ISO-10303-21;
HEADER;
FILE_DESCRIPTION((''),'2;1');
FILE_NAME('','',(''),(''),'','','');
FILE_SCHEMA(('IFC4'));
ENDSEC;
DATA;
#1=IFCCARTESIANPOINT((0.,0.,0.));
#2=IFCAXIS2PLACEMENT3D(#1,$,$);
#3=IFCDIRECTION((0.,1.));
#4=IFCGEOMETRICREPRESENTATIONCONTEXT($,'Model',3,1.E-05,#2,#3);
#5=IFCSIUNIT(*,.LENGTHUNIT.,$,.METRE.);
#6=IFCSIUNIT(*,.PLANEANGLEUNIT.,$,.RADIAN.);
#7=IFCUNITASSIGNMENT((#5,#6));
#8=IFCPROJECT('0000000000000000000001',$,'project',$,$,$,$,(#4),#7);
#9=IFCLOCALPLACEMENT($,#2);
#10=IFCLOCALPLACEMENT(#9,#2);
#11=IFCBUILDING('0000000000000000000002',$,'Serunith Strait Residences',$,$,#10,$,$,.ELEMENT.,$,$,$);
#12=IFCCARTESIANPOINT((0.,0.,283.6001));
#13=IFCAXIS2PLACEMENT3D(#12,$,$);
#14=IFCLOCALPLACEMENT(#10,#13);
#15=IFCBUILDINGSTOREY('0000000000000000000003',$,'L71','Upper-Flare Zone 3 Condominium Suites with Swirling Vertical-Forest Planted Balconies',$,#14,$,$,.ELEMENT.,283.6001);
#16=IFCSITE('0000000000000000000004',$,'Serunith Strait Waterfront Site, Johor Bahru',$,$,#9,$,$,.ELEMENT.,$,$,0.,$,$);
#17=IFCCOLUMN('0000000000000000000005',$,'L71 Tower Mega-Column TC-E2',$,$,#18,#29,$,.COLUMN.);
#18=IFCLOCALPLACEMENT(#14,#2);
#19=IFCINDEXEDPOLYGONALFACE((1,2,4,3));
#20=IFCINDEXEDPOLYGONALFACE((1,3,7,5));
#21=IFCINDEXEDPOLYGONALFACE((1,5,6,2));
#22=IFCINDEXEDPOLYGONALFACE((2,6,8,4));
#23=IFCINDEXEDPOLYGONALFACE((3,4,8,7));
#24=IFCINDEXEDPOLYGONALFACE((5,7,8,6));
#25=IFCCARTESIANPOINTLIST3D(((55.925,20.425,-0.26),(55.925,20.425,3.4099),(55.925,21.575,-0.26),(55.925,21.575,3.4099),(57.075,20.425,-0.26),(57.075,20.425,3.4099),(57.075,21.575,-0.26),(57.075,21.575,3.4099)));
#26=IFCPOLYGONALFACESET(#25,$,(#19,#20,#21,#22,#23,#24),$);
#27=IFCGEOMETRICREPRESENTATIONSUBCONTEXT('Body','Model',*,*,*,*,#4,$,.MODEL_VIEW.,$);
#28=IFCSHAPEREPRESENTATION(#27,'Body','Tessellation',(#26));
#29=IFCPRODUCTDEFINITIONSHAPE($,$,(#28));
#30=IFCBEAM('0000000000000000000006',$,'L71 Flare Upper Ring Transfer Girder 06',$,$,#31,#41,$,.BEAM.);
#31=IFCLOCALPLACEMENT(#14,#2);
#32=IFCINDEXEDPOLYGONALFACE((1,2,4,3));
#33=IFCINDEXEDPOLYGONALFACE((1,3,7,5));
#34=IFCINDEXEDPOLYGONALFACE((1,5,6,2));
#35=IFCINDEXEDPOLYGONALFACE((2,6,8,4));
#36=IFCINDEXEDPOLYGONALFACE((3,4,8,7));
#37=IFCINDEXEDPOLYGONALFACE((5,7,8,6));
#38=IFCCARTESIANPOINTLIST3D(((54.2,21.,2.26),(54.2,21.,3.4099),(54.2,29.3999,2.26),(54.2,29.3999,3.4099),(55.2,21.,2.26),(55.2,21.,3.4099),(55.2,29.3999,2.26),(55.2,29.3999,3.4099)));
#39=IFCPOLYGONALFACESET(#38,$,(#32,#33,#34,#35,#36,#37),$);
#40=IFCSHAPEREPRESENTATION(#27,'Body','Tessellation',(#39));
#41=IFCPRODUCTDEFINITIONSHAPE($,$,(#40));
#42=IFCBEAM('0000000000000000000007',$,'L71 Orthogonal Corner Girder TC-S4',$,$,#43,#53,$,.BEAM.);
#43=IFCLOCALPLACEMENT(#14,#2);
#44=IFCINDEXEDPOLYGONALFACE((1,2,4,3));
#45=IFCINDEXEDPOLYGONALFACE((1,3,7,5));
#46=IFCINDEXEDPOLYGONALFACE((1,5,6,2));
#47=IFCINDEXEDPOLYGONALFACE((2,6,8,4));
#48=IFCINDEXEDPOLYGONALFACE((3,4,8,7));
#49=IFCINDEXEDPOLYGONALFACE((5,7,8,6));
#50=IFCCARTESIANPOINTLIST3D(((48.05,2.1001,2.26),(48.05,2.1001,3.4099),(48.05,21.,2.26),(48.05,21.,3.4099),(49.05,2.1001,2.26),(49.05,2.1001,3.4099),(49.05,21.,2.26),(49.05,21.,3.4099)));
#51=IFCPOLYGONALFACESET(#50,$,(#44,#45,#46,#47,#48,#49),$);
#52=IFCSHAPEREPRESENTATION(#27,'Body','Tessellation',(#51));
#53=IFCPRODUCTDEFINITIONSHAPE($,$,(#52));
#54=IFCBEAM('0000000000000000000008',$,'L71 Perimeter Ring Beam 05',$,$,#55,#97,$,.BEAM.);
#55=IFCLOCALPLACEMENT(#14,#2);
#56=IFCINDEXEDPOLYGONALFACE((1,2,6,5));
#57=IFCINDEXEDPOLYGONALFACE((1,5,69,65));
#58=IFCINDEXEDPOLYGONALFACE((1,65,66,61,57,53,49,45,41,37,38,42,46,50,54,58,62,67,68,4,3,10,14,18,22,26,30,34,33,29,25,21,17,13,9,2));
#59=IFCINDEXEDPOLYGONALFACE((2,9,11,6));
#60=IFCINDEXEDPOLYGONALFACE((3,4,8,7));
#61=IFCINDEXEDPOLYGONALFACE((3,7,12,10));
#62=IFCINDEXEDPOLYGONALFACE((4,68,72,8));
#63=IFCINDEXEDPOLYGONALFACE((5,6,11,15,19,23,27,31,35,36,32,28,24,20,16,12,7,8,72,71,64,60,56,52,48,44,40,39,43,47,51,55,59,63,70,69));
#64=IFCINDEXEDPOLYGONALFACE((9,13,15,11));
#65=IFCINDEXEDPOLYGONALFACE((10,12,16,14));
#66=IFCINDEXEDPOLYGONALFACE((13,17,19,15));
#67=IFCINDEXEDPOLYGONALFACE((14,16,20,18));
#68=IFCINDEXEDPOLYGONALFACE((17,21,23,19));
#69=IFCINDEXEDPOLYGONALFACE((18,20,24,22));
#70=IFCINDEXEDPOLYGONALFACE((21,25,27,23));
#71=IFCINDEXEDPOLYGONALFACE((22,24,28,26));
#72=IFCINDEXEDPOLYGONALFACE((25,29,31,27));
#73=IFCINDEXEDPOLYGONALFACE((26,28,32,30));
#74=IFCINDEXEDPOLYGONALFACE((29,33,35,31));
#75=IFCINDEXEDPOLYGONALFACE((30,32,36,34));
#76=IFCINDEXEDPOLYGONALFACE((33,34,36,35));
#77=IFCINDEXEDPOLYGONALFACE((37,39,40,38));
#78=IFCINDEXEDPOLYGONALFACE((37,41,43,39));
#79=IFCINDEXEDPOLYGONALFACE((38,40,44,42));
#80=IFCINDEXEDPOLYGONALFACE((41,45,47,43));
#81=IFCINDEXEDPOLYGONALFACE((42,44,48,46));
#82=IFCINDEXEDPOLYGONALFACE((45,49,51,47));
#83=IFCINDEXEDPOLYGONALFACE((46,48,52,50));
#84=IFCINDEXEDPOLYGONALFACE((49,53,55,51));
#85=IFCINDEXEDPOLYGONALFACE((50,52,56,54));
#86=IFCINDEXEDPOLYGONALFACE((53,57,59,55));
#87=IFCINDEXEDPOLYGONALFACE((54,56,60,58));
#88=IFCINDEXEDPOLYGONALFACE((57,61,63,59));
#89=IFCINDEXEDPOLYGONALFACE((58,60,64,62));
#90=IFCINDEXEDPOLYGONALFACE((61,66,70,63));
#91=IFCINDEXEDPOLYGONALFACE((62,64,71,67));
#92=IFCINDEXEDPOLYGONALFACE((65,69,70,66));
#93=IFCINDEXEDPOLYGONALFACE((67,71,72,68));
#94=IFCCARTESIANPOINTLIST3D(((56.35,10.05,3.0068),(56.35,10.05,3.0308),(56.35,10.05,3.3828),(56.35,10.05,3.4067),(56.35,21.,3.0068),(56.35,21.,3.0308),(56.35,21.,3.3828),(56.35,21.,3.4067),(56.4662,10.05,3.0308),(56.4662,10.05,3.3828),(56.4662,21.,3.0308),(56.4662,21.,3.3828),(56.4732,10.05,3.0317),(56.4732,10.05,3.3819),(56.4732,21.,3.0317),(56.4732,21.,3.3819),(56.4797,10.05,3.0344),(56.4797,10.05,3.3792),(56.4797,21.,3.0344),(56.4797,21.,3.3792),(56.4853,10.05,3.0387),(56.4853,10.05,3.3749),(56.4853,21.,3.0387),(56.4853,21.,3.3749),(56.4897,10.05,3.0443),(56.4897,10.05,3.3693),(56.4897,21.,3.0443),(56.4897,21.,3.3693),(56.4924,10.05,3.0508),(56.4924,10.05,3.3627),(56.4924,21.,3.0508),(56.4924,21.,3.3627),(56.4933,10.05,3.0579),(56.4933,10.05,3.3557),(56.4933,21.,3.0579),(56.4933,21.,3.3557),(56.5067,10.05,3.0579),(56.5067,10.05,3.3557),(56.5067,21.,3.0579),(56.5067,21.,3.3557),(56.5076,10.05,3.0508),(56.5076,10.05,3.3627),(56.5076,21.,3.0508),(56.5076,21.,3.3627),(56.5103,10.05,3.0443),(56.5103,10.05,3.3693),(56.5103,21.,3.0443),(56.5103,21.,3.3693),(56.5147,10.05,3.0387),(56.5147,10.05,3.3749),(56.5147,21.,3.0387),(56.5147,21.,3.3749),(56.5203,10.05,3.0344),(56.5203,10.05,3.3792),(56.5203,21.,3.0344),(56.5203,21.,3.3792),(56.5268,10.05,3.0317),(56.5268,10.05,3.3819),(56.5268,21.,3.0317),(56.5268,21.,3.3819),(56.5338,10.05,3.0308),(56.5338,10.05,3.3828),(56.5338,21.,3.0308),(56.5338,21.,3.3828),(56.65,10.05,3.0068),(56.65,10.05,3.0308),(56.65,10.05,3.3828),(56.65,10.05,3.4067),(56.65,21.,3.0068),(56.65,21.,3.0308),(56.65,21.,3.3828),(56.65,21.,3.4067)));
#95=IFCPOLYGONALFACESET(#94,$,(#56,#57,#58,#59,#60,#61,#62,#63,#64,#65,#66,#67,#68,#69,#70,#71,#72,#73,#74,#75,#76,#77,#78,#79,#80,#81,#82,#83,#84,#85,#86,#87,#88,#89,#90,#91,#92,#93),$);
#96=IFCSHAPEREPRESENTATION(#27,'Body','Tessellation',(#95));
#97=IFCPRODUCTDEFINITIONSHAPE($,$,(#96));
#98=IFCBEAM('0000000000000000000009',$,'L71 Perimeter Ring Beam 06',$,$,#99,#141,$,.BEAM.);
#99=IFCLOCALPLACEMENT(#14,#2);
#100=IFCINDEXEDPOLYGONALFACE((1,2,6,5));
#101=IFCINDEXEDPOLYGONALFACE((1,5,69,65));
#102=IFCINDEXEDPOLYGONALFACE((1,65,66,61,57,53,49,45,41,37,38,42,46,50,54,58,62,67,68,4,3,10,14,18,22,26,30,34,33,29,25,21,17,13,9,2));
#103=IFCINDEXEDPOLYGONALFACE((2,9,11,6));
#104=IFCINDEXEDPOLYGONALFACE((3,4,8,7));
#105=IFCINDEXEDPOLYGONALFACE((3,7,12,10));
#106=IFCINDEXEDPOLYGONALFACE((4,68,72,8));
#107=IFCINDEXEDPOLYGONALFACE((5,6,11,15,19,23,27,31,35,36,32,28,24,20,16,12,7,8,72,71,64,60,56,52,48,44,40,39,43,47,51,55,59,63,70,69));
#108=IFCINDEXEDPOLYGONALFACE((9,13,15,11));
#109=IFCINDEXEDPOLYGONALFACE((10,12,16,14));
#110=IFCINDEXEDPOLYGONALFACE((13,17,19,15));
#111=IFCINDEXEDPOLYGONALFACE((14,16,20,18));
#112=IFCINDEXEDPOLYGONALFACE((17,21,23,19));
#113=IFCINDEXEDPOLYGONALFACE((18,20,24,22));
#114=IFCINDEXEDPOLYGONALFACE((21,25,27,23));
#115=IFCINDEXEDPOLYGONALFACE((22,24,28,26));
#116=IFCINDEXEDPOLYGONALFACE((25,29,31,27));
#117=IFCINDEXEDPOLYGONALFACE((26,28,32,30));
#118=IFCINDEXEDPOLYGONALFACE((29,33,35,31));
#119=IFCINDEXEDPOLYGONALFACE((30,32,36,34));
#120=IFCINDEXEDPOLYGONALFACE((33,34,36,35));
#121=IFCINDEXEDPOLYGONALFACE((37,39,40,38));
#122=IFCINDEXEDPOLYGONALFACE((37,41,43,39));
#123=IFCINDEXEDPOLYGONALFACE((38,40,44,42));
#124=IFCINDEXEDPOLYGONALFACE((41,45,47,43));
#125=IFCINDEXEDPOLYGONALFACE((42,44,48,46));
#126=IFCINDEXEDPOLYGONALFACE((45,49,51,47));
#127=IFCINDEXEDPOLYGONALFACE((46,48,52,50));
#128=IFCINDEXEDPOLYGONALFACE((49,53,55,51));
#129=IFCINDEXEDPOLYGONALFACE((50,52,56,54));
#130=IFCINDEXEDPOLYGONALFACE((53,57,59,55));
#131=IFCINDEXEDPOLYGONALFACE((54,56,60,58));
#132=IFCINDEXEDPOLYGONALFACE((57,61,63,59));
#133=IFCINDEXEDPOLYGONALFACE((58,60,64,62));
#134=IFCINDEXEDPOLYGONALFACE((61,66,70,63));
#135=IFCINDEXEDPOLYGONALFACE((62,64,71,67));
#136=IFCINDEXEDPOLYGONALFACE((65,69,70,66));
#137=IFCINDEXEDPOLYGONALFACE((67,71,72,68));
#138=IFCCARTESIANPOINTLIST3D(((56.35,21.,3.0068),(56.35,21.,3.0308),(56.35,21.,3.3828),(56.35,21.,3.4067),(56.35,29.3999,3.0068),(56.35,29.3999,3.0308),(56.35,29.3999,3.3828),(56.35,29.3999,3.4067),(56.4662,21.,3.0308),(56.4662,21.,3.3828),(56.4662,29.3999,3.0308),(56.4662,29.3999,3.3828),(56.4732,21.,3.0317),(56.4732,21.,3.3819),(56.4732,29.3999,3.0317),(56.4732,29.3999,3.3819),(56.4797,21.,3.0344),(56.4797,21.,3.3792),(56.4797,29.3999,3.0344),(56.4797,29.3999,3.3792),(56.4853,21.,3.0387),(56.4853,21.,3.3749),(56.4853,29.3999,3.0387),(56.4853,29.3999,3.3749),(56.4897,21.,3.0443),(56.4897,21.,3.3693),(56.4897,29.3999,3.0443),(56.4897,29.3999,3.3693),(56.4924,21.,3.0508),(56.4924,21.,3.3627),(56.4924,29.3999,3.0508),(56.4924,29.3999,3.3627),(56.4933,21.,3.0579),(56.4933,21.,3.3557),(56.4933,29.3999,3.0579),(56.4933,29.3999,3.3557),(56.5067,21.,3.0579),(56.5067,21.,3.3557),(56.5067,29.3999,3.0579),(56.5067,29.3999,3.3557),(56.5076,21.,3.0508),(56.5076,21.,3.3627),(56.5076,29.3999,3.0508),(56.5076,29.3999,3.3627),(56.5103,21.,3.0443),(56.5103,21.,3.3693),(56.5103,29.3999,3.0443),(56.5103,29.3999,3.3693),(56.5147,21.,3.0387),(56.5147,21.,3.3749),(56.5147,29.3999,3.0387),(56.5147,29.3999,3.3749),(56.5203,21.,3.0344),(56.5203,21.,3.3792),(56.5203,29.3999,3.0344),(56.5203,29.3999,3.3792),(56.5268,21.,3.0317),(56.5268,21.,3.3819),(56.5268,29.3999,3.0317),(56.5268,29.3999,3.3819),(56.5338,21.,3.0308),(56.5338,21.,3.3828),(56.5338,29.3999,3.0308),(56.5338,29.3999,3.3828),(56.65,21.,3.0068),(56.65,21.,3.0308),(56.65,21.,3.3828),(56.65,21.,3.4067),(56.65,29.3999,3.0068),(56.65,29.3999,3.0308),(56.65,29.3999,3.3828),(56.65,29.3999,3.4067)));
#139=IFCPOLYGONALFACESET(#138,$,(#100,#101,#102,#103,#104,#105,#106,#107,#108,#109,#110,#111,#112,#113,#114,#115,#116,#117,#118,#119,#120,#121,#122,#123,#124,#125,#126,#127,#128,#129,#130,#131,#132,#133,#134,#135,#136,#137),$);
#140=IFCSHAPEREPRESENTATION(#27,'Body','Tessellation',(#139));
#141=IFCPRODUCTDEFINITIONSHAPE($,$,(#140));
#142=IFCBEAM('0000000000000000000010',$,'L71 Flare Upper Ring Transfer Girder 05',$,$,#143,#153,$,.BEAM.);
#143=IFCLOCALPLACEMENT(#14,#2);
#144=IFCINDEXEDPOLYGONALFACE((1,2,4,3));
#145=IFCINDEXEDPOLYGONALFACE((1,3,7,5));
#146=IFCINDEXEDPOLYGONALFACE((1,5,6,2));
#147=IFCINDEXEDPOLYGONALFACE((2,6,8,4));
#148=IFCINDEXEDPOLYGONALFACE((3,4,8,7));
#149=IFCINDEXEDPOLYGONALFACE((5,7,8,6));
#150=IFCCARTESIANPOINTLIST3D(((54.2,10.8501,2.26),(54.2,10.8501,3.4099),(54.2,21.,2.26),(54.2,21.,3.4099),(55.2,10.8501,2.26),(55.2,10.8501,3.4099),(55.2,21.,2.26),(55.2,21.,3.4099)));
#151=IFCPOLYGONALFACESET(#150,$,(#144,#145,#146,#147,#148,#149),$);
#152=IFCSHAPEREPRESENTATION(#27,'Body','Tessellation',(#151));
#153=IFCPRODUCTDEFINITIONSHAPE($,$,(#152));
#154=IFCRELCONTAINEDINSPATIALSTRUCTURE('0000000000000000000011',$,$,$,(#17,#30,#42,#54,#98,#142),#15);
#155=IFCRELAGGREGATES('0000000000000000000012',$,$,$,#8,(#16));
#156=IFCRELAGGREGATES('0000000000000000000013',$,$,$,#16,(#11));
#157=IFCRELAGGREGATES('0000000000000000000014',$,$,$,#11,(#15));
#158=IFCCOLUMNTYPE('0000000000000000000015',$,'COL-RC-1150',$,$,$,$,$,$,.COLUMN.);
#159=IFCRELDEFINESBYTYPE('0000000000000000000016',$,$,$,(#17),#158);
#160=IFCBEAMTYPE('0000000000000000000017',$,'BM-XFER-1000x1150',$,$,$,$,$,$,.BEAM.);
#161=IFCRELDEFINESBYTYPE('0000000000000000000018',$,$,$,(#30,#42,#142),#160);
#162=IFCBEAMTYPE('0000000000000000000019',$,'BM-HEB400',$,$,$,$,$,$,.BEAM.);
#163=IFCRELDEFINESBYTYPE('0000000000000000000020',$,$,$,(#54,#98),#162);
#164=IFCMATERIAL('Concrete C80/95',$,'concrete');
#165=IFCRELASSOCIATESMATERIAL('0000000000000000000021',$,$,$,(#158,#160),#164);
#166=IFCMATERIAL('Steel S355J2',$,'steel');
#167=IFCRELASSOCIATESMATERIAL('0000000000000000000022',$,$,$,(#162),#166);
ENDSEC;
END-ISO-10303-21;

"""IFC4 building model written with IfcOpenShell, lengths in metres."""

from ifc_helpers import new_model, si_unit, direction, frame, origin, origin_2d, place, context, subcontext, project, spatial, rectangle, i_section, extrude, source, transform, mapped, material, material_profile, profile_set, type_object, element, save


model = new_model("IFC4")

# Units and contexts
model_context = context("Model", 3, precision=1e-05, world=origin(), true_north=direction((0.0, 1.0)))
body_context = subcontext(model_context, "Body", "Model", "MODEL_VIEW")
ifc_project = project(units=[si_unit("LENGTHUNIT", "METRE"), si_unit("PLANEANGLEUNIT", "RADIAN")], contexts=[model_context])

# Site, building, storey
site_placement = place(None, origin())
site = spatial("IfcSite", under=ifc_project, at=site_placement, Name="Serunith Strait Waterfront Site, Johor Bahru", CompositionType="ELEMENT", RefElevation=0.0)
building_placement = place(site_placement, origin())
building = spatial("IfcBuilding", under=site, at=building_placement, Name="Serunith Strait Residences", CompositionType="ELEMENT")
storey_placement = place(building_placement, frame((0.0, 0.0, 283.6001)))
storey = spatial("IfcBuildingStorey", under=building, at=storey_placement, Name="L71", Description="Upper-Flare Zone 3 Condominium Suites with Swirling Vertical-Forest Planted Balconies", CompositionType="ELEMENT", Elevation=283.6001)

# Column
ifc_material_1 = material(Name="Concrete C80/95", Category="concrete")
ifc_material_profile_1 = material_profile(ifc_material_1, rectangle(XDim=1.1499, YDim=1.1499, at=origin_2d()), Name="RC 1150x1150")
ifc_profile_set_1 = profile_set([ifc_material_profile_1], Name="Concrete C80/95")
column_type = type_object("IfcColumnType", Name="COL-RC-1150", PredefinedType="COLUMN", material=ifc_profile_set_1)
shared_shape_1 = source(origin(), body_context, "Body", "SweptSolid", [
    extrude(rectangle(XDim=1.1499, YDim=1.1499, at=origin_2d()), origin(), (0.0, 0.0, 1.0), 3.6699),
])
column_placement = place(storey_placement, frame((56.5, 21.0, -0.26), z_axis=(0.0, 0.0, 1.0), x_axis=(1.0, 0.0, 0.0)))
element("IfcColumn", 1, at=column_placement, inside=storey, type_object=column_type, Name="L71 Tower Mega-Column TC-E2", PredefinedType="COLUMN", context=body_context, shape_type="MappedRepresentation", body=[
    mapped(shared_shape_1, transform((0.0, 0.0, 0.0), scale=1.0)),
])

# Beams
ifc_material_profile_2 = material_profile(ifc_material_1, rectangle(XDim=1.0, YDim=1.1499, at=origin_2d()), Name="RC 1000x1150")
ifc_profile_set_2 = profile_set([ifc_material_profile_2], Name="Concrete C80/95")
beam_type_1 = type_object("IfcBeamType", Name="BM-XFER-1000x1150", PredefinedType="BEAM", material=ifc_profile_set_2)
shared_shape_2 = source(origin(), body_context, "Body", "SweptSolid", [
    extrude(rectangle(XDim=1.0, YDim=1.1499, at=origin_2d()), origin(), (0.0, 0.0, 1.0), 8.3999),
])
beam_1_placement = place(storey_placement, frame((54.7, 21.0, 2.835), z_axis=(0.0, 1.0, 0.0), x_axis=(-1.0, 0.0, 0.0)))
element("IfcBeam", 2, at=beam_1_placement, inside=storey, type_object=beam_type_1, Name="L71 Flare Upper Ring Transfer Girder 06", PredefinedType="BEAM", context=body_context, shape_type="MappedRepresentation", body=[
    mapped(shared_shape_2, transform((0.0, 0.0, 0.0), scale=1.0)),
])
shared_shape_3 = source(origin(), body_context, "Body", "SweptSolid", [
    extrude(rectangle(XDim=1.0, YDim=1.1499, at=origin_2d()), origin(), (0.0, 0.0, 1.0), 18.8999),
])
beam_2_placement = place(storey_placement, frame((48.55, 21.0, 2.835), z_axis=(0.0, -1.0, 0.0), x_axis=(1.0, 0.0, 0.0)))
element("IfcBeam", 3, at=beam_2_placement, inside=storey, type_object=beam_type_1, Name="L71 Orthogonal Corner Girder TC-S4", PredefinedType="BEAM", context=body_context, shape_type="MappedRepresentation", body=[
    mapped(shared_shape_3, transform((0.0, 0.0, 0.0), scale=1.0)),
])
ifc_material_2 = material(Name="Steel S355J2", Category="steel")
ifc_material_profile_3 = material_profile(ifc_material_2, i_section(OverallWidth=0.3, OverallDepth=0.3999, WebThickness=0.0134, FlangeThickness=0.0239, FilletRadius=0.0271, at=origin_2d()), Name="HEB 400")
ifc_profile_set_3 = profile_set([ifc_material_profile_3], Name="Steel S355J2")
beam_type_2 = type_object("IfcBeamType", Name="BM-HEB400", PredefinedType="BEAM", material=ifc_profile_set_3)
shared_shape_4 = source(origin(), body_context, "Body", "SweptSolid", [
    extrude(i_section(OverallWidth=0.3, OverallDepth=0.3999, WebThickness=0.0134, FlangeThickness=0.0239, FilletRadius=0.0271, at=origin_2d()), origin(), (0.0, 0.0, 1.0), 10.95),
])
beam_3_placement = place(storey_placement, frame((56.5, 10.05, 3.2068), z_axis=(0.0, 1.0, 0.0), x_axis=(-1.0, 0.0, 0.0)))
element("IfcBeam", 4, at=beam_3_placement, inside=storey, type_object=beam_type_2, Name="L71 Perimeter Ring Beam 05", PredefinedType="BEAM", context=body_context, shape_type="MappedRepresentation", body=[
    mapped(shared_shape_4, transform((0.0, 0.0, 0.0), scale=1.0)),
])
shared_shape_5 = source(origin(), body_context, "Body", "SweptSolid", [
    extrude(i_section(OverallWidth=0.3, OverallDepth=0.3999, WebThickness=0.0134, FlangeThickness=0.0239, FilletRadius=0.0271, at=origin_2d()), origin(), (0.0, 0.0, 1.0), 8.3999),
])
beam_4_placement = place(storey_placement, frame((56.5, 21.0, 3.2068), z_axis=(0.0, 1.0, 0.0), x_axis=(-1.0, 0.0, 0.0)))
element("IfcBeam", 5, at=beam_4_placement, inside=storey, type_object=beam_type_2, Name="L71 Perimeter Ring Beam 06", PredefinedType="BEAM", context=body_context, shape_type="MappedRepresentation", body=[
    mapped(shared_shape_5, transform((0.0, 0.0, 0.0), scale=1.0)),
])
shared_shape_6 = source(origin(), body_context, "Body", "SweptSolid", [
    extrude(rectangle(XDim=1.0, YDim=1.1499, at=origin_2d()), origin(), (0.0, 0.0, 1.0), 10.1499),
])
beam_5_placement = place(storey_placement, frame((54.7, 10.8501, 2.835), z_axis=(0.0, 1.0, 0.0), x_axis=(-1.0, 0.0, 0.0)))
element("IfcBeam", 6, at=beam_5_placement, inside=storey, type_object=beam_type_1, Name="L71 Flare Upper Ring Transfer Girder 05", PredefinedType="BEAM", context=body_context, shape_type="MappedRepresentation", body=[
    mapped(shared_shape_6, transform((0.0, 0.0, 0.0), scale=1.0)),
])

save(model, "model.ifc")
